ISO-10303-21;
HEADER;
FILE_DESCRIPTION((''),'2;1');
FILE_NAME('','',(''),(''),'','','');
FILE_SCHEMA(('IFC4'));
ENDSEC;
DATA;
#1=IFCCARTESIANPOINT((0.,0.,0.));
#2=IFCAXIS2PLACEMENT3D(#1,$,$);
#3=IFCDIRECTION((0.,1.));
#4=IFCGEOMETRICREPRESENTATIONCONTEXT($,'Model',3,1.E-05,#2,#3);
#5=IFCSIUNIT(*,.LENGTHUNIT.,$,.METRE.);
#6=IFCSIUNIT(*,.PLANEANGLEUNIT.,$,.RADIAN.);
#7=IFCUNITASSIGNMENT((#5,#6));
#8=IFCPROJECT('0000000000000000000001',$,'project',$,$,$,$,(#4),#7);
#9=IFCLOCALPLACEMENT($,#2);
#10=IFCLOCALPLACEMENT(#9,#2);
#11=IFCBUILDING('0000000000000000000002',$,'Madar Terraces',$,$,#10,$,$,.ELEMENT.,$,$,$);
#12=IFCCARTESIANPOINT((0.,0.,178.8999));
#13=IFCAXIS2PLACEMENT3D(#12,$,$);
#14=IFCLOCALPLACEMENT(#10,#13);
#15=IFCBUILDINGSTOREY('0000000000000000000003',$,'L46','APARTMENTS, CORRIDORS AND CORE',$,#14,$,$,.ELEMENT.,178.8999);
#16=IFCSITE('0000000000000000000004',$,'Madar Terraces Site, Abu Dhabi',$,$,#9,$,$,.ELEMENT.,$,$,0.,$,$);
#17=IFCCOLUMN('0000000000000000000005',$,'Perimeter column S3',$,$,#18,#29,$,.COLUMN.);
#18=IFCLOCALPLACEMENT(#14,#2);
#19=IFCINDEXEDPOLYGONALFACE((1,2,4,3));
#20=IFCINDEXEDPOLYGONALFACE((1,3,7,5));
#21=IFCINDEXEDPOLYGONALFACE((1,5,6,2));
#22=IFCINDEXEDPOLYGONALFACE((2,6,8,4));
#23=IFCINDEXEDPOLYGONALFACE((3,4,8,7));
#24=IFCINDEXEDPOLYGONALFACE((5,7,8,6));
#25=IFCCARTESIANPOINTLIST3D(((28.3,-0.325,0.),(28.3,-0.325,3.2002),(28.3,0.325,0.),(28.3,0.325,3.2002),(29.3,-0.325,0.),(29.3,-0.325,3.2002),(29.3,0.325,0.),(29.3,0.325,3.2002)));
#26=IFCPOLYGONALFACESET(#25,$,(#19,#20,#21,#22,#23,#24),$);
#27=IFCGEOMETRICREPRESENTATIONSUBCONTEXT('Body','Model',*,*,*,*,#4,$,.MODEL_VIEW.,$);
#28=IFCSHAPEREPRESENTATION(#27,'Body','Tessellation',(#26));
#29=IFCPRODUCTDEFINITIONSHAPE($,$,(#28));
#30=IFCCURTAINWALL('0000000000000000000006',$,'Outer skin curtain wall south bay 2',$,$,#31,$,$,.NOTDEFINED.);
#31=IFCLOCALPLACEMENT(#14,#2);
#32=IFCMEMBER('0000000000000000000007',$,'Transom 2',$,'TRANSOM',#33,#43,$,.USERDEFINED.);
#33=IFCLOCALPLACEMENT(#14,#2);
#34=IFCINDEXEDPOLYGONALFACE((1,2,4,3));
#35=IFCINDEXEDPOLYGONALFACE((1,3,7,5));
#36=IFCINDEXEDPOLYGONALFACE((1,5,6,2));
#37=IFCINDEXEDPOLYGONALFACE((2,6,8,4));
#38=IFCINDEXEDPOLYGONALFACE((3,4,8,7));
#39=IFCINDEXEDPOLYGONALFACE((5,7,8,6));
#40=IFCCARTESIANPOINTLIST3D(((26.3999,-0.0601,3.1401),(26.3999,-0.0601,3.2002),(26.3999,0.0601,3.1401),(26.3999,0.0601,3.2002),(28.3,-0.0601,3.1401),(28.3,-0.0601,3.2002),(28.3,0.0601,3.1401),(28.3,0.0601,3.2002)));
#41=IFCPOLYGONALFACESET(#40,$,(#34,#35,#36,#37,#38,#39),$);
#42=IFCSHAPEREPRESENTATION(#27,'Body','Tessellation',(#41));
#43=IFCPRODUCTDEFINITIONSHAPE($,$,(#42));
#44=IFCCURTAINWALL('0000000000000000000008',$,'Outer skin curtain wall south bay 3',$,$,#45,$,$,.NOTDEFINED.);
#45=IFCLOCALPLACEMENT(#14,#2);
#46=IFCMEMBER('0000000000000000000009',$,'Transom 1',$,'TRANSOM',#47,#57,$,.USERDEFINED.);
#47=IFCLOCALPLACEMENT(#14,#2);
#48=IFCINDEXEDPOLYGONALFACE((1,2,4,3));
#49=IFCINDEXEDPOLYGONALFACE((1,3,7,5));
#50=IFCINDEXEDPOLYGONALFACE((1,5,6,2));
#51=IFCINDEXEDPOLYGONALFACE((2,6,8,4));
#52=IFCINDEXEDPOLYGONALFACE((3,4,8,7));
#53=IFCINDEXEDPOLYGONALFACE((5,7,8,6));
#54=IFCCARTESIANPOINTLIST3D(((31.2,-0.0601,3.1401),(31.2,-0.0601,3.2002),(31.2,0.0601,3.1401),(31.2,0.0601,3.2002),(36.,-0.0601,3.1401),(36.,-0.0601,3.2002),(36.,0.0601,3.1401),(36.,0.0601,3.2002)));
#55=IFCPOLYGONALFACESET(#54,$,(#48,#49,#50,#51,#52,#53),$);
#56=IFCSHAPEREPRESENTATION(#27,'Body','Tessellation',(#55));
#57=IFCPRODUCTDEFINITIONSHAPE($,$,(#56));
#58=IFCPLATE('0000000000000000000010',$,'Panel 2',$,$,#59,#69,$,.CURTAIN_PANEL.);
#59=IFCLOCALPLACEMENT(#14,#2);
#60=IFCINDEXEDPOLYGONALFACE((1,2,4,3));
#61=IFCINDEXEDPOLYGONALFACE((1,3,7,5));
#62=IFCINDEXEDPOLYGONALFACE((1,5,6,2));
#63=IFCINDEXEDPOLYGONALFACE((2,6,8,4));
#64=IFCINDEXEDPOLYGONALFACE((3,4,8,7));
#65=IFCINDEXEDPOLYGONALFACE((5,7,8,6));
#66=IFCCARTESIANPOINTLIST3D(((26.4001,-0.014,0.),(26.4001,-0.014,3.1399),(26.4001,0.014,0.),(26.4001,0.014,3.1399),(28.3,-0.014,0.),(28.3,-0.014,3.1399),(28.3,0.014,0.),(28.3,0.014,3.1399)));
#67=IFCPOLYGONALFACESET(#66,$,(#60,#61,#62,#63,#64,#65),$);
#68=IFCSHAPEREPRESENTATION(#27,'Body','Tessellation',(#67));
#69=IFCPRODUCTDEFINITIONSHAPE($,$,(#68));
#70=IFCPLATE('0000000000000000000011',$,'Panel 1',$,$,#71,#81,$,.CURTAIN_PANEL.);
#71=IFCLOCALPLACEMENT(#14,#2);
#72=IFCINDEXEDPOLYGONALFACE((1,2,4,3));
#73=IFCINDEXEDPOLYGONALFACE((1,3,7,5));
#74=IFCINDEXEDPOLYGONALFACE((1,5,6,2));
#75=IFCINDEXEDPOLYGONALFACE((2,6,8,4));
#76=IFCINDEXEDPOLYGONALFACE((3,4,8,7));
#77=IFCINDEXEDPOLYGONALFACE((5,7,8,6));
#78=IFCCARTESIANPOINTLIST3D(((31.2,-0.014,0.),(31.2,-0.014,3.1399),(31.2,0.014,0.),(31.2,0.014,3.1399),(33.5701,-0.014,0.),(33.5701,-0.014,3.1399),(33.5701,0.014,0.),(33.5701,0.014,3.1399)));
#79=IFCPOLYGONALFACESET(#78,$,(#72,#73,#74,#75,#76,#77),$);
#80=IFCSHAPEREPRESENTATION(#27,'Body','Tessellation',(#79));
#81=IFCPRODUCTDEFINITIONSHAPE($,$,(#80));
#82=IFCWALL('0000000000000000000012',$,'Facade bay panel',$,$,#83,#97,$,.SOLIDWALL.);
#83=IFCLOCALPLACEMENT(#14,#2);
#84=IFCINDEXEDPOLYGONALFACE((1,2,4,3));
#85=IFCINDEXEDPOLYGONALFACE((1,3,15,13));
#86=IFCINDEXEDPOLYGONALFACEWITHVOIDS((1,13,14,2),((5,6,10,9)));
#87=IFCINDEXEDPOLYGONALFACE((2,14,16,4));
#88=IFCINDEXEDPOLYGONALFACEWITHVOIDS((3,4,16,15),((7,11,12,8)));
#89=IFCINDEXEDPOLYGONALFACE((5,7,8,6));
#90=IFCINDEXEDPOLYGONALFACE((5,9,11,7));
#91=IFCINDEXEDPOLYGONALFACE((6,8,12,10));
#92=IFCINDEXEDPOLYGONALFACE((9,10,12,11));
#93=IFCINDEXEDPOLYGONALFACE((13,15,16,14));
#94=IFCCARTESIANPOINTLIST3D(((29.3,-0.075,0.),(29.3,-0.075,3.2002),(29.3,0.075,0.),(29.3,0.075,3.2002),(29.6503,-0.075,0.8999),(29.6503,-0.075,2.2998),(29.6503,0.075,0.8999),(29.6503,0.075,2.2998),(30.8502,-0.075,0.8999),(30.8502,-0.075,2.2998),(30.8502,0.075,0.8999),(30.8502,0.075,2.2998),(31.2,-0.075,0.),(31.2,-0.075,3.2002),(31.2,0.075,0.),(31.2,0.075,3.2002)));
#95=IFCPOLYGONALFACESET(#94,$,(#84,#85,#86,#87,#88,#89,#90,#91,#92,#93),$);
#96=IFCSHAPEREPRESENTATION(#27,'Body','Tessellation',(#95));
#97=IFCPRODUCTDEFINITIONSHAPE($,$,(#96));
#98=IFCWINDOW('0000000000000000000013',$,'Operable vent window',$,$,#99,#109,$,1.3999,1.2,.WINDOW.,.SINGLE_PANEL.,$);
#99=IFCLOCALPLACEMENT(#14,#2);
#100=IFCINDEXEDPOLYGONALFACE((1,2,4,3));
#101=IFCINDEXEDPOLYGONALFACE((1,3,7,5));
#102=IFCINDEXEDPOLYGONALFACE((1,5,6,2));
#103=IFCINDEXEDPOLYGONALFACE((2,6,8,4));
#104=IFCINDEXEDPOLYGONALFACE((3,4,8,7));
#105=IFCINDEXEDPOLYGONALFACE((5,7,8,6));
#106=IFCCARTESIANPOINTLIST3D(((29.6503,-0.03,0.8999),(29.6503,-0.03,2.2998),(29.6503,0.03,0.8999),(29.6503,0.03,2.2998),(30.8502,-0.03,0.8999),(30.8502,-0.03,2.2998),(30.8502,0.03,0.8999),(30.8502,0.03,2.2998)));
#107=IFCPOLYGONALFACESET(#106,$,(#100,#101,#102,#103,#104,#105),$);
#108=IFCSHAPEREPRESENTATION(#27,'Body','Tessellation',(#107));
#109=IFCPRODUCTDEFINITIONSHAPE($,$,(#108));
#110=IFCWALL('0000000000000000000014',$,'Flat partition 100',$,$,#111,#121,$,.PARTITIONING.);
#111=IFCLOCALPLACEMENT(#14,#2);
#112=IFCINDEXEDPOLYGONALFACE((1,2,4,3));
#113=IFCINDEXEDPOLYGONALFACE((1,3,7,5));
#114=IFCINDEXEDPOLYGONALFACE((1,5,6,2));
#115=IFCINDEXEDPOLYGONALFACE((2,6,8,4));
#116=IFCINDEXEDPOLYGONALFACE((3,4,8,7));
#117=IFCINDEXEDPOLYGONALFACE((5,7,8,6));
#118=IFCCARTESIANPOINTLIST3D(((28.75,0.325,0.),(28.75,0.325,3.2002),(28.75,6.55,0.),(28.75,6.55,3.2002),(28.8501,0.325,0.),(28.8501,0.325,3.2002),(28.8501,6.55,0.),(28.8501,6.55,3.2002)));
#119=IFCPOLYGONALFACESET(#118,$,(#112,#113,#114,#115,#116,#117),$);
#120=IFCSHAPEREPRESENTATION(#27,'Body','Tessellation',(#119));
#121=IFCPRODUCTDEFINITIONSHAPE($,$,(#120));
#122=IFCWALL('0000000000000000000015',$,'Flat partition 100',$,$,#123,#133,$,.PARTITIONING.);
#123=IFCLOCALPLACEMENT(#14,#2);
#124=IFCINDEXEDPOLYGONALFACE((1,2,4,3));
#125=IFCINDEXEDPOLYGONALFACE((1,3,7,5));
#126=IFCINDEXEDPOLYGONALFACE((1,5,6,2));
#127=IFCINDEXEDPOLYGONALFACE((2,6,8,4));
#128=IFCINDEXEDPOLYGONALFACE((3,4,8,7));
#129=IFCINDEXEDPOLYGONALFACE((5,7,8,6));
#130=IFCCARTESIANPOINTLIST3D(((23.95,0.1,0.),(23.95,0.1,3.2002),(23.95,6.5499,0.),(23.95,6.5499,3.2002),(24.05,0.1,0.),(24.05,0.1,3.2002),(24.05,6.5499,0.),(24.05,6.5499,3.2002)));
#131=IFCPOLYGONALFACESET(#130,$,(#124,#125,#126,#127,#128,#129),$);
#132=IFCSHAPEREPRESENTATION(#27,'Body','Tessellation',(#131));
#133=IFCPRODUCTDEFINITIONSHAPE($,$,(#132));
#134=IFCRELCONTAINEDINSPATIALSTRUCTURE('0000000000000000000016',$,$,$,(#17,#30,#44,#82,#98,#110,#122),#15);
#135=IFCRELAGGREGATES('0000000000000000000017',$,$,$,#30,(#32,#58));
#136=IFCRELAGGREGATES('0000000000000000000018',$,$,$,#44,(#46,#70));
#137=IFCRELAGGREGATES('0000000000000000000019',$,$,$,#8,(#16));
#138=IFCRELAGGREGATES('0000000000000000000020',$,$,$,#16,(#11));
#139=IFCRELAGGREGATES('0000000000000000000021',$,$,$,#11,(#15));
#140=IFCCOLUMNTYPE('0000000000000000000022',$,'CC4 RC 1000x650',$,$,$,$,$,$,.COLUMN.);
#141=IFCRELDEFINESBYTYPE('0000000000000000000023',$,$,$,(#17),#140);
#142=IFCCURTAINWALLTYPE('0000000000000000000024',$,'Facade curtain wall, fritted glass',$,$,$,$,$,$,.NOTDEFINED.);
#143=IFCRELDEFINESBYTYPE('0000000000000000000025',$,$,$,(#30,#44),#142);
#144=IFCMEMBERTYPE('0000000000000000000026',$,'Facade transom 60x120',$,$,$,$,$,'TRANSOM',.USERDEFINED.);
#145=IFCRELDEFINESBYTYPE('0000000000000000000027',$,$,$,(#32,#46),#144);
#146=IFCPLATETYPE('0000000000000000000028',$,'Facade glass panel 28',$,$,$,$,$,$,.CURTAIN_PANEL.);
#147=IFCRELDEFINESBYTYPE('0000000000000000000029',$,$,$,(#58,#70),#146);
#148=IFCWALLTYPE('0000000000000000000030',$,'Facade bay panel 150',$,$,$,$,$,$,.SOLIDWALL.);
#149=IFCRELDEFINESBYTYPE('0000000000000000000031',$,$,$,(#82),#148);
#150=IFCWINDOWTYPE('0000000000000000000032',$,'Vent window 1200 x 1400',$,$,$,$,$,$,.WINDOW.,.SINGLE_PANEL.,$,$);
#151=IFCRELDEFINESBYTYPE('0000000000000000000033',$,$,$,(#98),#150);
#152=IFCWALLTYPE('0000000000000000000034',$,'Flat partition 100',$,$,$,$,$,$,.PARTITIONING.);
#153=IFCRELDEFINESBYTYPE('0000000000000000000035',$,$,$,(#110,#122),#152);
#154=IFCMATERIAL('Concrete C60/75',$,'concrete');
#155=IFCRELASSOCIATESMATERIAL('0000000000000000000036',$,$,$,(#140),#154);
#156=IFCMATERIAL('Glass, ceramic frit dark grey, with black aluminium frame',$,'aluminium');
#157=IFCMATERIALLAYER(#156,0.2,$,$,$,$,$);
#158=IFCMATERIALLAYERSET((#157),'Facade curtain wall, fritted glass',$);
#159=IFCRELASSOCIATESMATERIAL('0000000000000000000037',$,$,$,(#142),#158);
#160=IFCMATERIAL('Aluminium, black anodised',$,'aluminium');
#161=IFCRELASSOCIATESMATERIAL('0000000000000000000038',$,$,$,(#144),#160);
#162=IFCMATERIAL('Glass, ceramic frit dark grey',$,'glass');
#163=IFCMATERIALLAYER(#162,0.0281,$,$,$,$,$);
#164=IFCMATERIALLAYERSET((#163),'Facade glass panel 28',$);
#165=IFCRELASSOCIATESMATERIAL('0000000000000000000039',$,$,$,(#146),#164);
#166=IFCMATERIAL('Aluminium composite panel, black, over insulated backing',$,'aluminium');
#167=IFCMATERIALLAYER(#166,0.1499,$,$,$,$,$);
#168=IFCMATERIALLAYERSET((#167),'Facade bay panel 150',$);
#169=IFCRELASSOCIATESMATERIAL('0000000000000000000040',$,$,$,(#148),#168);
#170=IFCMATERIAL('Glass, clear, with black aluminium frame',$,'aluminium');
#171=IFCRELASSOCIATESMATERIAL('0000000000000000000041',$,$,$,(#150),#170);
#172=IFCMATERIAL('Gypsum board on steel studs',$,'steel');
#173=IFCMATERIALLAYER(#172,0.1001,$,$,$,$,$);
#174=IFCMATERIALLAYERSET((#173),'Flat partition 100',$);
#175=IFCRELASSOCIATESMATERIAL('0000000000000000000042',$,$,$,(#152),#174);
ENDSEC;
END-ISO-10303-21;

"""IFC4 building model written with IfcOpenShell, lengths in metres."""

from ifc_helpers import new_model, si_unit, direction, frame, frame_2d, origin, origin_2d, place, context, subcontext, project, spatial, rectangle, extrude, material, layer, layer_set, material_profile, profile_set, type_object, element, fill, aggregate, save


model = new_model("IFC4")

# Units and contexts
model_context = context("Model", 3, precision=1e-05, world=origin(), true_north=direction((0.0, 1.0)))
body_context = subcontext(model_context, "Body", "Model", "MODEL_VIEW")
ifc_project = project(units=[si_unit("LENGTHUNIT", "METRE"), si_unit("PLANEANGLEUNIT", "RADIAN")], contexts=[model_context])

# Site, building, storey
site_placement = place(None, origin())
site = spatial("IfcSite", under=ifc_project, at=site_placement, Name="Madar Terraces Site, Abu Dhabi", CompositionType="ELEMENT", RefElevation=0.0)
building_placement = place(site_placement, origin())
building = spatial("IfcBuilding", under=site, at=building_placement, Name="Madar Terraces", CompositionType="ELEMENT")
storey_placement = place(building_placement, frame((0.0, 0.0, 178.8999)))
storey = spatial("IfcBuildingStorey", under=building, at=storey_placement, Name="L46", Description="APARTMENTS, CORRIDORS AND CORE", CompositionType="ELEMENT", Elevation=178.8999)

# Column
ifc_material_1 = material(Name="Concrete C60/75", Category="concrete")
ifc_material_profile_1 = material_profile(ifc_material_1, rectangle(XDim=1.0, YDim=0.6499, at=origin_2d()), Name="CC4 RC 1000x650")
ifc_profile_set_1 = profile_set([ifc_material_profile_1], Name="Concrete C60/75")
column_type = type_object("IfcColumnType", Name="CC4 RC 1000x650", PredefinedType="COLUMN", material=ifc_profile_set_1)
column_placement = place(storey_placement, frame((28.8, 0.0, 0.0), z_axis=(0.0, 0.0, 1.0), x_axis=(1.0, 0.0, 0.0)))
element("IfcColumn", 1, at=column_placement, inside=storey, type_object=column_type, Name="Perimeter column S3", PredefinedType="COLUMN", context=body_context, shape_type="SweptSolid", body=[
    extrude(rectangle(XDim=1.0, YDim=0.6499, at=origin_2d()), origin(), (0.0, 0.0, 1.0), 3.2002),
])

# Curtain walls, members
ifc_material_2 = material(Name="Glass, ceramic frit dark grey, with black aluminium frame", Category="aluminium")
ifc_layer_1 = layer(ifc_material_2, 0.2)
ifc_layer_set_1 = layer_set([ifc_layer_1], Name="Facade curtain wall, fritted glass")
curtain_wall_type = type_object("IfcCurtainWallType", Name="Facade curtain wall, fritted glass", PredefinedType="NOTDEFINED", material=ifc_layer_set_1)
curtain_wall_1_placement = place(storey_placement, origin())
curtain_wall_1 = element("IfcCurtainWall", 2, at=curtain_wall_1_placement, inside=storey, type_object=curtain_wall_type, Name="Outer skin curtain wall south bay 2", PredefinedType="NOTDEFINED")
ifc_material_3 = material(Name="Aluminium, black anodised", Category="aluminium")
ifc_material_profile_2 = material_profile(ifc_material_3, rectangle(XDim=0.1201, YDim=0.0601, at=origin_2d()), Name="Facade transom 60x120")
ifc_profile_set_2 = profile_set([ifc_material_profile_2], Name="Aluminium, black anodised")
member_type = type_object("IfcMemberType", Name="Facade transom 60x120", ElementType="TRANSOM", PredefinedType="USERDEFINED", material=ifc_profile_set_2)
member_1_placement = place(storey_placement, frame((26.3999, 0.0, 3.1702), z_axis=(1.0, 0.0, 0.0), x_axis=(0.0, 1.0, 0.0)))
member_1 = element("IfcMember", 3, at=member_1_placement, type_object=member_type, Name="Transom 2", ObjectType="TRANSOM", PredefinedType="USERDEFINED", context=body_context, shape_type="SweptSolid", body=[
    extrude(rectangle(XDim=0.1201, YDim=0.0601, at=origin_2d()), origin(), (0.0, 0.0, 1.0), 1.9001),
])
curtain_wall_2_placement = place(storey_placement, origin())
curtain_wall_2 = element("IfcCurtainWall", 4, at=curtain_wall_2_placement, inside=storey, type_object=curtain_wall_type, Name="Outer skin curtain wall south bay 3", PredefinedType="NOTDEFINED")
member_2_placement = place(storey_placement, frame((31.2, 0.0, 3.1702), z_axis=(1.0, 0.0, 0.0), x_axis=(0.0, 1.0, 0.0)))
member_2 = element("IfcMember", 5, at=member_2_placement, type_object=member_type, Name="Transom 1", ObjectType="TRANSOM", PredefinedType="USERDEFINED", context=body_context, shape_type="SweptSolid", body=[
    extrude(rectangle(XDim=0.1201, YDim=0.0601, at=origin_2d()), origin(), (0.0, 0.0, 1.0), 4.8),
])

# Plates
ifc_material_4 = material(Name="Glass, ceramic frit dark grey", Category="glass")
ifc_layer_2 = layer(ifc_material_4, 0.0281)
ifc_layer_set_2 = layer_set([ifc_layer_2], Name="Facade glass panel 28")
plate_type = type_object("IfcPlateType", Name="Facade glass panel 28", PredefinedType="CURTAIN_PANEL", material=ifc_layer_set_2)
plate_1_placement = place(storey_placement, frame((27.3501, 0.0, 0.0), z_axis=(0.0, 0.0, 1.0), x_axis=(1.0, 0.0, 0.0)))
plate_1 = element("IfcPlate", 6, at=plate_1_placement, type_object=plate_type, Name="Panel 2", PredefinedType="CURTAIN_PANEL", context=body_context, shape_type="SweptSolid", body=[
    extrude(rectangle(XDim=1.8999, YDim=0.0281, at=origin_2d()), origin(), (0.0, 0.0, 1.0), 3.1399),
])
aggregate(curtain_wall_1, [member_1, plate_1])
plate_2_placement = place(storey_placement, frame((32.385, 0.0, 0.0), z_axis=(0.0, 0.0, 1.0), x_axis=(1.0, 0.0, 0.0)))
plate_2 = element("IfcPlate", 7, at=plate_2_placement, type_object=plate_type, Name="Panel 1", PredefinedType="CURTAIN_PANEL", context=body_context, shape_type="SweptSolid", body=[
    extrude(rectangle(XDim=2.3701, YDim=0.0281, at=origin_2d()), origin(), (0.0, 0.0, 1.0), 3.1399),
])
aggregate(curtain_wall_2, [member_2, plate_2])

# Shared definitions
ifc_material_5 = material(Name="Aluminium composite panel, black, over insulated backing", Category="aluminium")
ifc_layer_3 = layer(ifc_material_5, 0.1499)
ifc_layer_set_3 = layer_set([ifc_layer_3], Name="Facade bay panel 150")
wall_type_1 = type_object("IfcWallType", Name="Facade bay panel 150", PredefinedType="SOLIDWALL", material=ifc_layer_set_3)

# Wall, opening, window
wall_1_placement = place(storey_placement, frame((29.3, 0.0, 0.0), z_axis=(0.0, 0.0, 1.0), x_axis=(1.0, 0.0, 0.0)))
wall_1 = element("IfcWall", 8, at=wall_1_placement, inside=storey, type_object=wall_type_1, Name="Facade bay panel", PredefinedType="SOLIDWALL", context=body_context, shape_type="SweptSolid", body=[
    extrude(rectangle(XDim=1.8999, YDim=0.1499, at=frame_2d((0.95, 0.0))), origin(), (0.0, 0.0, 1.0), 3.2002),
])
opening_1_placement = place(wall_1_placement, frame((0.3501, 0.0, 0.8999)))
opening_1 = element("IfcOpeningElement", 9, at=opening_1_placement, cuts=wall_1, PredefinedType="OPENING", context=body_context, shape_type="SweptSolid", body=[
    extrude(rectangle(XDim=1.2, YDim=1.3999, at=frame_2d((0.6001, 0.7))), frame((0.0, 0.085, 0.0), z_axis=(0.0, -1.0, 0.0), x_axis=(1.0, 0.0, 0.0)), (0.0, 0.0, 1.0), 0.1699),
])
ifc_material_6 = material(Name="Glass, clear, with black aluminium frame", Category="aluminium")
window_type = type_object("IfcWindowType", Name="Vent window 1200 x 1400", PartitioningType="SINGLE_PANEL", PredefinedType="WINDOW", material=ifc_material_6)
window_placement = place(opening_1_placement, origin())
window = element("IfcWindow", 10, at=window_placement, inside=storey, type_object=window_type, Name="Operable vent window", OverallHeight=1.3999, OverallWidth=1.2, PartitioningType="SINGLE_PANEL", PredefinedType="WINDOW", context=body_context, shape_type="SweptSolid", body=[
    extrude(rectangle(XDim=1.2, YDim=1.3999, at=frame_2d((0.6001, 0.7))), frame((0.0, 0.03, 0.0), z_axis=(0.0, -1.0, 0.0), x_axis=(1.0, 0.0, 0.0)), (0.0, 0.0, 1.0), 0.0601),
])
fill(opening_1, window)

# Walls
ifc_material_7 = material(Name="Gypsum board on steel studs", Category="steel")
ifc_layer_4 = layer(ifc_material_7, 0.1001)
ifc_layer_set_4 = layer_set([ifc_layer_4], Name="Flat partition 100")
wall_type_2 = type_object("IfcWallType", Name="Flat partition 100", PredefinedType="PARTITIONING", material=ifc_layer_set_4)
wall_2_placement = place(storey_placement, frame((28.8, 6.55, 0.0), z_axis=(0.0, 0.0, 1.0), x_axis=(0.0, -1.0, 0.0)))
element("IfcWall", 11, at=wall_2_placement, inside=storey, type_object=wall_type_2, Name="Flat partition 100", PredefinedType="PARTITIONING", context=body_context, shape_type="SweptSolid", body=[
    extrude(rectangle(XDim=6.2251, YDim=0.1001, at=frame_2d((3.1125, 0.0))), origin(), (0.0, 0.0, 1.0), 3.2002),
])
wall_3_placement = place(storey_placement, frame((24.0, 6.55, 0.0), z_axis=(0.0, 0.0, 1.0), x_axis=(0.0, -1.0, 0.0)))
element("IfcWall", 12, at=wall_3_placement, inside=storey, type_object=wall_type_2, Name="Flat partition 100", PredefinedType="PARTITIONING", context=body_context, shape_type="SweptSolid", body=[
    extrude(rectangle(XDim=6.45, YDim=0.1001, at=frame_2d((3.2251, 0.0))), origin(), (0.0, 0.0, 1.0), 3.2002),
])

save(model, "model.ifc")
